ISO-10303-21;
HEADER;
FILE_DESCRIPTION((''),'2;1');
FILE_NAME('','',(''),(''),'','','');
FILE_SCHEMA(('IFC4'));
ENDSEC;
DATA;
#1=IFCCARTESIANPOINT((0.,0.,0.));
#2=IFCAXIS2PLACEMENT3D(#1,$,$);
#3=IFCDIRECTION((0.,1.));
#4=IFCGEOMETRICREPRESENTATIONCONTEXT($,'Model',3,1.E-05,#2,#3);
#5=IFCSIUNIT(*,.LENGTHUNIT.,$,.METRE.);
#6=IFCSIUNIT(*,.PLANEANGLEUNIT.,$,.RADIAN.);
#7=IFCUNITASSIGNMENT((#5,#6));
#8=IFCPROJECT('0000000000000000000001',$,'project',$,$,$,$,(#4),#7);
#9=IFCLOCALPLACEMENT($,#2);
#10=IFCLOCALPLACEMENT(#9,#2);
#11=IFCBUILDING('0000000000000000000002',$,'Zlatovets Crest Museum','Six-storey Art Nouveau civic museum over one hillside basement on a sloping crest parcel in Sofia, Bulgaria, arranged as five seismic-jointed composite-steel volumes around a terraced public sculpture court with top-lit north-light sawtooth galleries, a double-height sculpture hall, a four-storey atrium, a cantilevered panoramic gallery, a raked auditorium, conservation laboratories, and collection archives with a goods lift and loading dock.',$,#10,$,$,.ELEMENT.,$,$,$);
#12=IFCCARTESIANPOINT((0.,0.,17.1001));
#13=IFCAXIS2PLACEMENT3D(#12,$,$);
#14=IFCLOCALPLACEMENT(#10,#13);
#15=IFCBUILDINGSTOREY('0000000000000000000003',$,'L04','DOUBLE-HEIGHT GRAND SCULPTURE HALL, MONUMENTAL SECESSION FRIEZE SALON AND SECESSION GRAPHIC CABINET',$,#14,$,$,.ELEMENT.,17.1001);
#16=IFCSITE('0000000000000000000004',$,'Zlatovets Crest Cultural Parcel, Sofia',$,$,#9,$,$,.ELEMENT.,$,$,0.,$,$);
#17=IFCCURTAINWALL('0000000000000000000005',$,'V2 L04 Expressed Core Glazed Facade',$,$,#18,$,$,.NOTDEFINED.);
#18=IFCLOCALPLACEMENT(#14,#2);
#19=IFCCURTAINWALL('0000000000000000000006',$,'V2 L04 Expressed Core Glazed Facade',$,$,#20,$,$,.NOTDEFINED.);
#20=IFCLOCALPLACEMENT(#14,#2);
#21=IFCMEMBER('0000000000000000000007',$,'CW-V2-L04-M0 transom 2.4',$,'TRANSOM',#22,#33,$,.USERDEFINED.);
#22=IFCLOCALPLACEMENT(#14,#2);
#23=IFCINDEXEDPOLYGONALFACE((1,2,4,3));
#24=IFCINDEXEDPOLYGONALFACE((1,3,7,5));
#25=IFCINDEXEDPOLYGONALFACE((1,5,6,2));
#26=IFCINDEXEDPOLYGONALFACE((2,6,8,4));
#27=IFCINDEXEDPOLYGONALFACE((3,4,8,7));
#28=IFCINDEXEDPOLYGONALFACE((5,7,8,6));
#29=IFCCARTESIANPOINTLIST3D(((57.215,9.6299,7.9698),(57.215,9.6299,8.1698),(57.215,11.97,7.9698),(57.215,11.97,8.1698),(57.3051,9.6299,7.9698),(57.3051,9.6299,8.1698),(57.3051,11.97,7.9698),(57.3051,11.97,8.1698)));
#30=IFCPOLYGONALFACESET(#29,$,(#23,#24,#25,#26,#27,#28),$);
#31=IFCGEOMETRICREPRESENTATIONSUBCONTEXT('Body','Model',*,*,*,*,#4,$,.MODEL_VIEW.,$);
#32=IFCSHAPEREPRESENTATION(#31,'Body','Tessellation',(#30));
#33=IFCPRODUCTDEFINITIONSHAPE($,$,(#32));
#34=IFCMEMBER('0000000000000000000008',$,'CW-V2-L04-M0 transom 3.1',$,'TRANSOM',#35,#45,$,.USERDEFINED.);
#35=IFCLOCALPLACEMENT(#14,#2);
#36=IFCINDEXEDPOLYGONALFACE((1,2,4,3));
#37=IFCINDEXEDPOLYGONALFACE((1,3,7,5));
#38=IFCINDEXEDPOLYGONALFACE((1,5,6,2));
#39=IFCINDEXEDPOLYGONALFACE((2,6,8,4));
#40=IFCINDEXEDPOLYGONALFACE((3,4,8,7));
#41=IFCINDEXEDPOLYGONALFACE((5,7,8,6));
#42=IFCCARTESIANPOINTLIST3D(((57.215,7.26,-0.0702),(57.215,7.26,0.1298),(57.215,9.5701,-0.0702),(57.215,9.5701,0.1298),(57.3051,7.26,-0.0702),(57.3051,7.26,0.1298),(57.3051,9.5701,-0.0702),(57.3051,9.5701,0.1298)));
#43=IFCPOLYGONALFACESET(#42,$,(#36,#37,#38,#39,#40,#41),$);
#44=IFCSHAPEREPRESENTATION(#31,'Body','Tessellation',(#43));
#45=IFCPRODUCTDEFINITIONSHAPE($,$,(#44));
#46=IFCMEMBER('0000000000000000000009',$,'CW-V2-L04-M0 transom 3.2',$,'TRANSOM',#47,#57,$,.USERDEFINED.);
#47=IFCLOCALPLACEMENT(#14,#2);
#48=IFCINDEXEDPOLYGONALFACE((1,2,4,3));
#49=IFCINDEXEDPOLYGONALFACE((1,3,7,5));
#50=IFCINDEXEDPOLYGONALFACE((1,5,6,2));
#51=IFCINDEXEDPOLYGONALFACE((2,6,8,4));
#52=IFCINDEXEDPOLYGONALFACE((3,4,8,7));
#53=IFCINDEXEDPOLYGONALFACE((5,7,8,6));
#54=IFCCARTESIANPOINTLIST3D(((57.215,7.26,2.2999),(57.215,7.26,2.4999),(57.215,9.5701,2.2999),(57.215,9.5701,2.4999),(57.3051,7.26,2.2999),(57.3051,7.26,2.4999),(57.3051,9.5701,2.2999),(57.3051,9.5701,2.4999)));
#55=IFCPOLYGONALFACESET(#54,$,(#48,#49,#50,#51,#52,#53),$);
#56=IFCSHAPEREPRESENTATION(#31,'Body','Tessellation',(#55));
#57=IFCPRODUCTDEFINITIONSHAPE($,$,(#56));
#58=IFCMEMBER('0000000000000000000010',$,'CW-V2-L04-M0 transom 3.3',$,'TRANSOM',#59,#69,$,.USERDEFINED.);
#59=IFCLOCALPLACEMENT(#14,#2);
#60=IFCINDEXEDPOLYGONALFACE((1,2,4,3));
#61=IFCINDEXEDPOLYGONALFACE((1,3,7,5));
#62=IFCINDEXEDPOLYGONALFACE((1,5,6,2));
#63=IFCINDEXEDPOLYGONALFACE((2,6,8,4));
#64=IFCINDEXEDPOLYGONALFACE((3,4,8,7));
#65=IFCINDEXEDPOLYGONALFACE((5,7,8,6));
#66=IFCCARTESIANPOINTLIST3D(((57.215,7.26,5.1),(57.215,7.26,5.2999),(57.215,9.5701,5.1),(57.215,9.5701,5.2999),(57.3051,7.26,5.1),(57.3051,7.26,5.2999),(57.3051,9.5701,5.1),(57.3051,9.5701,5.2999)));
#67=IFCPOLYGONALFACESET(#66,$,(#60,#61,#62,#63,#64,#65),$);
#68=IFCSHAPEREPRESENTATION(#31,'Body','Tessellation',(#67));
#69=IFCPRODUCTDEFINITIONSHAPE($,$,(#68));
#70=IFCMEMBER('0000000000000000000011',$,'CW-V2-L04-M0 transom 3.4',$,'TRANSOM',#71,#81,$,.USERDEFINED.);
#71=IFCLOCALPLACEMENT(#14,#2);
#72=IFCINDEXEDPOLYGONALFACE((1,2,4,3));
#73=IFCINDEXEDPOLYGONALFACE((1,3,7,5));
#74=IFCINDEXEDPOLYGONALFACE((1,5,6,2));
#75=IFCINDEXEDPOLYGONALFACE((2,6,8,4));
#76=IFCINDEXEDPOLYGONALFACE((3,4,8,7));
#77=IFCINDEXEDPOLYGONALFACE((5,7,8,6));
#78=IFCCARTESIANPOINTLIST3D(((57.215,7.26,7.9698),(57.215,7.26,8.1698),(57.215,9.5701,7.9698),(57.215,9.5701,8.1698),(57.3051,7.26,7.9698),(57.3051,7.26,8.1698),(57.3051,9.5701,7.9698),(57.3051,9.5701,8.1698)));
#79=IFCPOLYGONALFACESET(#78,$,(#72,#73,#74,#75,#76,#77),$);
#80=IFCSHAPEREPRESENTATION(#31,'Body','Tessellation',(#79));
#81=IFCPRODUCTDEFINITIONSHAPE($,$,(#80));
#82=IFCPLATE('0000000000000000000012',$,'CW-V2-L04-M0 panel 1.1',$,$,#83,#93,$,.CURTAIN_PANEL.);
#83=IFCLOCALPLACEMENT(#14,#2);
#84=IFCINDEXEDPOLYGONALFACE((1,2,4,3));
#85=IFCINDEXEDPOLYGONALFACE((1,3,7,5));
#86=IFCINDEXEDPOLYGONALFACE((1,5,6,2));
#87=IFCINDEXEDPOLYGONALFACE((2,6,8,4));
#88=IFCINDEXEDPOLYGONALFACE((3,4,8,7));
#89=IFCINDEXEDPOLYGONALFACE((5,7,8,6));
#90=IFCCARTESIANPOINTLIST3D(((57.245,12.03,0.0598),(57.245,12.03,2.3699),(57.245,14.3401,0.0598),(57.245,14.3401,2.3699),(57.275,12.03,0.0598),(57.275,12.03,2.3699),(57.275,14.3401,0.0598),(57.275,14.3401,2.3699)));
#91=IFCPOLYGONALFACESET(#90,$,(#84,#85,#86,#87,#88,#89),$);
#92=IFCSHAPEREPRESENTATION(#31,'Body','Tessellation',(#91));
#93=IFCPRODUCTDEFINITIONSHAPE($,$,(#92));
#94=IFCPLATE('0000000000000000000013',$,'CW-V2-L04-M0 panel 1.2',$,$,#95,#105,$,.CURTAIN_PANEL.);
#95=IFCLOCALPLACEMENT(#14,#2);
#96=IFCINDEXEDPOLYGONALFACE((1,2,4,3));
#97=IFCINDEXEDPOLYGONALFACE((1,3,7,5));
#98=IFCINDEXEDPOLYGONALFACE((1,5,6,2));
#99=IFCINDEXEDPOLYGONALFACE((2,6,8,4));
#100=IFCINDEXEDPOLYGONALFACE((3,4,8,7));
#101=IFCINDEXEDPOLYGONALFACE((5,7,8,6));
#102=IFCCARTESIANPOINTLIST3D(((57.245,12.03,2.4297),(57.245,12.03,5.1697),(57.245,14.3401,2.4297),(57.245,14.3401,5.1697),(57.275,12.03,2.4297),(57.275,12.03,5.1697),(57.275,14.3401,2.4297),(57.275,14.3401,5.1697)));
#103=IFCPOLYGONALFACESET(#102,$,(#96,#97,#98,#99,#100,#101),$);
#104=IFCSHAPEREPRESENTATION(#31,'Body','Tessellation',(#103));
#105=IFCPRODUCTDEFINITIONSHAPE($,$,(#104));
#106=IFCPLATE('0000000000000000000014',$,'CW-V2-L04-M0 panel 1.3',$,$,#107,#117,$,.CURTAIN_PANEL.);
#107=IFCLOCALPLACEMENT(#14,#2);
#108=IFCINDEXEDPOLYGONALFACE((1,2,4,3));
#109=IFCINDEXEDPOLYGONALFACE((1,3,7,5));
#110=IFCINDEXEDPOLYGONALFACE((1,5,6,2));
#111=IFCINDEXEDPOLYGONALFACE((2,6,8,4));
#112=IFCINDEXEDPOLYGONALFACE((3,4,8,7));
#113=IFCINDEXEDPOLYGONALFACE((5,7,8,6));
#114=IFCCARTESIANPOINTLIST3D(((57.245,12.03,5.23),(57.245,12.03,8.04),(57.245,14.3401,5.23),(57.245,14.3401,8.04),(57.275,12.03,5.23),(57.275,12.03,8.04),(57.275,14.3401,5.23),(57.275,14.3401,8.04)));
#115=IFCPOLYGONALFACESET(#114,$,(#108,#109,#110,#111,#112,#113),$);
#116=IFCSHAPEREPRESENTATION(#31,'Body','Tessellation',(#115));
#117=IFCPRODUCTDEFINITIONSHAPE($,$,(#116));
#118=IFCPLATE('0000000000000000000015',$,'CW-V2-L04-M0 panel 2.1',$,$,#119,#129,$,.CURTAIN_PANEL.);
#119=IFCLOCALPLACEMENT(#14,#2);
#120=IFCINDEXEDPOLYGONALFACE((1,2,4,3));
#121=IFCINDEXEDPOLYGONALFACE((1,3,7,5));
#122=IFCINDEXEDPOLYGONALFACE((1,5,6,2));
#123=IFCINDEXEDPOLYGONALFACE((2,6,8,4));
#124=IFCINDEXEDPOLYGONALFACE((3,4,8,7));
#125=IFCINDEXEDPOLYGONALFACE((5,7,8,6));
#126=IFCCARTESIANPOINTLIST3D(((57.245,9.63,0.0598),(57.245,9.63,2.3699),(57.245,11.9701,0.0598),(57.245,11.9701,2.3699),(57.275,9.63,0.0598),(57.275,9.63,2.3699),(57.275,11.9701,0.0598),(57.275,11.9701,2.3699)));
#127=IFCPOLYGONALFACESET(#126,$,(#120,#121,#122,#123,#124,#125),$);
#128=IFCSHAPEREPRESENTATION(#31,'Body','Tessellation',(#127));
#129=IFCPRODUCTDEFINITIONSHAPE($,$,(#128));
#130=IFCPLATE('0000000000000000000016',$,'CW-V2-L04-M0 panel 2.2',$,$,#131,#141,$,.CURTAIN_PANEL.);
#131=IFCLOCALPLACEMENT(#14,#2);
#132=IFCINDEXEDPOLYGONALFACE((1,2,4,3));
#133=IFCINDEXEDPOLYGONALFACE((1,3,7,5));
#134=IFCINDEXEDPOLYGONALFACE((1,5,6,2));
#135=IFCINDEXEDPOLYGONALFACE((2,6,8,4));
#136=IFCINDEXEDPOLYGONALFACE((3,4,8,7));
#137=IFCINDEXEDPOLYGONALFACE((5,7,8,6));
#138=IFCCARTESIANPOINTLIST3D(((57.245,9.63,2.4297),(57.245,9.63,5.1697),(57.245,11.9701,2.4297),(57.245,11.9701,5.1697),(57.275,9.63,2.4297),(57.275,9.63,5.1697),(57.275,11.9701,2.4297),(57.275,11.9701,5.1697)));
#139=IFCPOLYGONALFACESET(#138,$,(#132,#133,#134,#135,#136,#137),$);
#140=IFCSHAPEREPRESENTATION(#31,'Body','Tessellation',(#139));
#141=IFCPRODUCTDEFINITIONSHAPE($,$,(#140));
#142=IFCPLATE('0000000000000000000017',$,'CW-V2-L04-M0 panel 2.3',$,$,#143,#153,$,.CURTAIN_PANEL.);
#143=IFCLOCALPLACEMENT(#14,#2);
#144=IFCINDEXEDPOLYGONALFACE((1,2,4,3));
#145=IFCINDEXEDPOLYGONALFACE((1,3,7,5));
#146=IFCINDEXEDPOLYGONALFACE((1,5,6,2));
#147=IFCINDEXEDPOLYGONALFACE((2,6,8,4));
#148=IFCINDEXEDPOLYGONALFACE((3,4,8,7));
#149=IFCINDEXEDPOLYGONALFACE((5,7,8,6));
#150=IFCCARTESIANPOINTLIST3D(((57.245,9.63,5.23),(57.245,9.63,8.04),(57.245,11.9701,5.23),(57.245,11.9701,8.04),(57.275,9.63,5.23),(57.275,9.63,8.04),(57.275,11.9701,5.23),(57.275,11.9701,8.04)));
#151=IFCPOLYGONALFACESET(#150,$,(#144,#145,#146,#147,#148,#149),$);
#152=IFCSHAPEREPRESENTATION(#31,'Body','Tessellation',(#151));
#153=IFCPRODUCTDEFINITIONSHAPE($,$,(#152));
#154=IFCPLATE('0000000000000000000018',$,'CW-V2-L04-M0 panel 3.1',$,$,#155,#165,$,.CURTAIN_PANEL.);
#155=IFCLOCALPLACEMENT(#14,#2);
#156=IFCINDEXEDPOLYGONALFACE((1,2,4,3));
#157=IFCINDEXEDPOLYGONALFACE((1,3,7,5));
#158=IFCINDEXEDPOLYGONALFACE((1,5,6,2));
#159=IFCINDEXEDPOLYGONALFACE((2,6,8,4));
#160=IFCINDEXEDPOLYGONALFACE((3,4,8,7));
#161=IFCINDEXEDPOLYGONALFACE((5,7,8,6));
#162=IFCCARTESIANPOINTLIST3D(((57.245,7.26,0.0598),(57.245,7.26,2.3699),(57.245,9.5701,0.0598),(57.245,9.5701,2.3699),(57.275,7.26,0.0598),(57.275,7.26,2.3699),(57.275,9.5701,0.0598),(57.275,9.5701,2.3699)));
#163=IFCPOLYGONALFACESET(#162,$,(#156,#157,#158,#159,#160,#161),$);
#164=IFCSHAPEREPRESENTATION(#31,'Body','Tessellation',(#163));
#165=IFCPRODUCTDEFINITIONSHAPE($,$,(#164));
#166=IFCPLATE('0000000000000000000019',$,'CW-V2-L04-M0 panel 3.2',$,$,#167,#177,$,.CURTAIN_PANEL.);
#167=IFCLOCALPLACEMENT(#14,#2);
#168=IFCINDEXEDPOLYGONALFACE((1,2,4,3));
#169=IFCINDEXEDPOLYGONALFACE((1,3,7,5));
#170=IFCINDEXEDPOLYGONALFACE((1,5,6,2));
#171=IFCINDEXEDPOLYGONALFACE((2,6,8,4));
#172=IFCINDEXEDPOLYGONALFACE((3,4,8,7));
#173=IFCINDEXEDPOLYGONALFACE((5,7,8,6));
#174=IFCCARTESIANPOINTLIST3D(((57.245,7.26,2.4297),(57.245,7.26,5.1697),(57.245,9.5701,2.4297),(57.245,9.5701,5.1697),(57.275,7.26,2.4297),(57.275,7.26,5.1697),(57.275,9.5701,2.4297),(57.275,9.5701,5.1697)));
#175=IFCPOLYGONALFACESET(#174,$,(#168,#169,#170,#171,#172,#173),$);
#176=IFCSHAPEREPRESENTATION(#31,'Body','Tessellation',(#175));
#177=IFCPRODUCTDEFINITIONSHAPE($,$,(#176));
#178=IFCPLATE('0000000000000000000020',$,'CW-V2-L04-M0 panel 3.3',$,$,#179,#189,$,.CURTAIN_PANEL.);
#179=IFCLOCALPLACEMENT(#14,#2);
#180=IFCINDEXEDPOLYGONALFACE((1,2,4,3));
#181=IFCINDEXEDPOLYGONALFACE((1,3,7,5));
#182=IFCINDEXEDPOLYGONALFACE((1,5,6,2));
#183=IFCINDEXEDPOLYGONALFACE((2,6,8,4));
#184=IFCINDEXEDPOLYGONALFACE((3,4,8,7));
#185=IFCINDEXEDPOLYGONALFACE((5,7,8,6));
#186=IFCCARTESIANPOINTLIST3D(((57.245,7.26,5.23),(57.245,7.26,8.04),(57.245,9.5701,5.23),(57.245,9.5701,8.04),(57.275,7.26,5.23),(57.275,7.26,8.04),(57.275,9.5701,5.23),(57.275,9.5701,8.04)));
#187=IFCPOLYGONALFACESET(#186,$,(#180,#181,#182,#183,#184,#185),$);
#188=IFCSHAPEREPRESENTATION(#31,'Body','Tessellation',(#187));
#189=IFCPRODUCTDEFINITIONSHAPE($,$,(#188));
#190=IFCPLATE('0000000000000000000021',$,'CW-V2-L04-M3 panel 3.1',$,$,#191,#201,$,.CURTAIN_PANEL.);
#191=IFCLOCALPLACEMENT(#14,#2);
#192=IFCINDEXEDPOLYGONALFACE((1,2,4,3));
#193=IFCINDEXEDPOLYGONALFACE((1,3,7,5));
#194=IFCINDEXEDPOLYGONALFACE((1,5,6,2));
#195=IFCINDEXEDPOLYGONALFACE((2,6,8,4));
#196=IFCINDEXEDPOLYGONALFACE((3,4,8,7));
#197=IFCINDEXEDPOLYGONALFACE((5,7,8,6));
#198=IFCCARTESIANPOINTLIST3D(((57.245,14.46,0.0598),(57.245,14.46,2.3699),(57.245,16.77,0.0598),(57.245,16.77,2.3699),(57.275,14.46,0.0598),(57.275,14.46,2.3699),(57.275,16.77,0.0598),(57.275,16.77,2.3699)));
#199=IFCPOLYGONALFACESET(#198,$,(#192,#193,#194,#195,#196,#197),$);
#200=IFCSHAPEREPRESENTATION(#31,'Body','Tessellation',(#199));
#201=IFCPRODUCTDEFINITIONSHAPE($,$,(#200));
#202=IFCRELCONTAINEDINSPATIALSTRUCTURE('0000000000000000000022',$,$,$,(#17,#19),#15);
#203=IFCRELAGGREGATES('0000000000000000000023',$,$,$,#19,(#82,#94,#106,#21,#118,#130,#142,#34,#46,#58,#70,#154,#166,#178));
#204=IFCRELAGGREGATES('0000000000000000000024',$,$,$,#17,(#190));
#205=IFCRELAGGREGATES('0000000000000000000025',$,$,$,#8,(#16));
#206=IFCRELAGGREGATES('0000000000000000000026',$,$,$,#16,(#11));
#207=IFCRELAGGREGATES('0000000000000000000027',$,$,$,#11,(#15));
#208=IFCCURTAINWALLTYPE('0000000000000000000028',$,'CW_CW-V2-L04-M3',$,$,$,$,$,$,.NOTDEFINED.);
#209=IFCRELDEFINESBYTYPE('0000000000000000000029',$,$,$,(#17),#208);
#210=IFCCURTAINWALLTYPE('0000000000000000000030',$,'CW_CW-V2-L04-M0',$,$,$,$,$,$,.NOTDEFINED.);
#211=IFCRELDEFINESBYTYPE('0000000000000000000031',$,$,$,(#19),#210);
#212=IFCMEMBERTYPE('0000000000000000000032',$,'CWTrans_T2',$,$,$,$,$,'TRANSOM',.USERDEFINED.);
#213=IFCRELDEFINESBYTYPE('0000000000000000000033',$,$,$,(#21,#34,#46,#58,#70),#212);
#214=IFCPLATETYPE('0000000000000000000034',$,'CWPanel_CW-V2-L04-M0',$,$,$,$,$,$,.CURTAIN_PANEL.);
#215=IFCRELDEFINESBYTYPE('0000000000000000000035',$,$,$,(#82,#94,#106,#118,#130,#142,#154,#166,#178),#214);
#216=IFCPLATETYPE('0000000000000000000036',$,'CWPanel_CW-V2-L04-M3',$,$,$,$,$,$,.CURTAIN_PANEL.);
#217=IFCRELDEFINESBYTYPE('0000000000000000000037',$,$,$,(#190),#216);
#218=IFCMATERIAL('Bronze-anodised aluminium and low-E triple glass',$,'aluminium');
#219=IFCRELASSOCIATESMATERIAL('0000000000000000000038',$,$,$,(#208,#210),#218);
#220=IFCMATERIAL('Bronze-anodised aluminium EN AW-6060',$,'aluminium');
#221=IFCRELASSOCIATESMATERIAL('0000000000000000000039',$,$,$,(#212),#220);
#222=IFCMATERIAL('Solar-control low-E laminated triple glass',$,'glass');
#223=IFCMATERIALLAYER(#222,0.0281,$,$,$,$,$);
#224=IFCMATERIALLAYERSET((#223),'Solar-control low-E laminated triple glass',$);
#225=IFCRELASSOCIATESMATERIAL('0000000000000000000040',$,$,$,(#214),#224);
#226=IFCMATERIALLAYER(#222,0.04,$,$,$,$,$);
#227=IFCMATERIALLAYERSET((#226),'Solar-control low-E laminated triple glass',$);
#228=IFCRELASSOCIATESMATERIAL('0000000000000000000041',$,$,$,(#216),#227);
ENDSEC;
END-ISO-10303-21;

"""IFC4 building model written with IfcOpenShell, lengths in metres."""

from ifc_helpers import new_model, si_unit, direction, frame, origin, origin_2d, place, context, subcontext, project, spatial, rectangle, extrude, material, layer, layer_set, material_profile, profile_set, type_object, element, aggregate, save


model = new_model("IFC4")

# Units and contexts
model_context = context("Model", 3, precision=1e-05, world=origin(), true_north=direction((0.0, 1.0)))
body_context = subcontext(model_context, "Body", "Model", "MODEL_VIEW")
ifc_project = project(units=[si_unit("LENGTHUNIT", "METRE"), si_unit("PLANEANGLEUNIT", "RADIAN")], contexts=[model_context])

# Site, building, storey
site_placement = place(None, origin())
site = spatial("IfcSite", under=ifc_project, at=site_placement, Name="Zlatovets Crest Cultural Parcel, Sofia", CompositionType="ELEMENT", RefElevation=0.0)
building_placement = place(site_placement, origin())
building = spatial("IfcBuilding", under=site, at=building_placement, Name="Zlatovets Crest Museum", Description="Six-storey Art Nouveau civic museum over one hillside basement on a sloping crest parcel in Sofia, Bulgaria, arranged as five seismic-jointed composite-steel volumes around a terraced public sculpture court with top-lit north-light sawtooth galleries, a double-height sculpture hall, a four-storey atrium, a cantilevered panoramic gallery, a raked auditorium, conservation laboratories, and collection archives with a goods lift and loading dock.", CompositionType="ELEMENT")
storey_placement = place(building_placement, frame((0.0, 0.0, 17.1001)))
storey = spatial("IfcBuildingStorey", under=building, at=storey_placement, Name="L04", Description="DOUBLE-HEIGHT GRAND SCULPTURE HALL, MONUMENTAL SECESSION FRIEZE SALON AND SECESSION GRAPHIC CABINET", CompositionType="ELEMENT", Elevation=17.1001)

# Curtain wall
ifc_material_1 = material(Name="Bronze-anodised aluminium and low-E triple glass", Category="aluminium")
curtain_wall_type_1 = type_object("IfcCurtainWallType", Name="CW_CW-V2-L04-M3", PredefinedType="NOTDEFINED", material=ifc_material_1)
curtain_wall_1_placement = place(storey_placement, origin())
curtain_wall_1 = element("IfcCurtainWall", 1, at=curtain_wall_1_placement, inside=storey, type_object=curtain_wall_type_1, Name="V2 L04 Expressed Core Glazed Facade", PredefinedType="NOTDEFINED")
ifc_material_2 = material(Name="Bronze-anodised aluminium EN AW-6060", Category="aluminium")

# Curtain wall
curtain_wall_type_2 = type_object("IfcCurtainWallType", Name="CW_CW-V2-L04-M0", PredefinedType="NOTDEFINED", material=ifc_material_1)
curtain_wall_2_placement = place(storey_placement, origin())
curtain_wall_2 = element("IfcCurtainWall", 2, at=curtain_wall_2_placement, inside=storey, type_object=curtain_wall_type_2, Name="V2 L04 Expressed Core Glazed Facade", PredefinedType="NOTDEFINED")

# Members
ifc_material_profile_1 = material_profile(ifc_material_2, rectangle(XDim=0.0901, YDim=0.2, at=origin_2d()), Name="ALU 90x200")
ifc_profile_set_1 = profile_set([ifc_material_profile_1], Name="Bronze-anodised aluminium EN AW-6060")
member_type_1 = type_object("IfcMemberType", Name="CWTrans_T2", ElementType="TRANSOM", PredefinedType="USERDEFINED", material=ifc_profile_set_1)
member_1_placement = place(storey_placement, frame((57.26, 11.97, 8.0698), z_axis=(0.0, -1.0, 0.0), x_axis=(1.0, 0.0, 0.0)))
member_1 = element("IfcMember", 3, at=member_1_placement, type_object=member_type_1, Name="CW-V2-L04-M0 transom 2.4", ObjectType="TRANSOM", PredefinedType="USERDEFINED", context=body_context, shape_type="SweptSolid", body=[
    extrude(rectangle(XDim=0.0901, YDim=0.2, at=origin_2d()), origin(), (0.0, 0.0, 1.0), 2.3401),
])
member_2_placement = place(storey_placement, frame((57.26, 9.5701, 0.0298), z_axis=(0.0, -1.0, 0.0), x_axis=(1.0, 0.0, 0.0)))
member_2 = element("IfcMember", 4, at=member_2_placement, type_object=member_type_1, Name="CW-V2-L04-M0 transom 3.1", ObjectType="TRANSOM", PredefinedType="USERDEFINED", context=body_context, shape_type="SweptSolid", body=[
    extrude(rectangle(XDim=0.0901, YDim=0.2, at=origin_2d()), origin(), (0.0, 0.0, 1.0), 2.3101),
])
member_3_placement = place(storey_placement, frame((57.26, 9.5701, 2.3999), z_axis=(0.0, -1.0, 0.0), x_axis=(1.0, 0.0, 0.0)))
member_3 = element("IfcMember", 5, at=member_3_placement, type_object=member_type_1, Name="CW-V2-L04-M0 transom 3.2", ObjectType="TRANSOM", PredefinedType="USERDEFINED", context=body_context, shape_type="SweptSolid", body=[
    extrude(rectangle(XDim=0.0901, YDim=0.2, at=origin_2d()), origin(), (0.0, 0.0, 1.0), 2.3101),
])
member_4_placement = place(storey_placement, frame((57.26, 9.5701, 5.2), z_axis=(0.0, -1.0, 0.0), x_axis=(1.0, 0.0, 0.0)))
member_4 = element("IfcMember", 6, at=member_4_placement, type_object=member_type_1, Name="CW-V2-L04-M0 transom 3.3", ObjectType="TRANSOM", PredefinedType="USERDEFINED", context=body_context, shape_type="SweptSolid", body=[
    extrude(rectangle(XDim=0.0901, YDim=0.2, at=origin_2d()), origin(), (0.0, 0.0, 1.0), 2.3101),
])
member_5_placement = place(storey_placement, frame((57.26, 9.5701, 8.0698), z_axis=(0.0, -1.0, 0.0), x_axis=(1.0, 0.0, 0.0)))
member_5 = element("IfcMember", 7, at=member_5_placement, type_object=member_type_1, Name="CW-V2-L04-M0 transom 3.4", ObjectType="TRANSOM", PredefinedType="USERDEFINED", context=body_context, shape_type="SweptSolid", body=[
    extrude(rectangle(XDim=0.0901, YDim=0.2, at=origin_2d()), origin(), (0.0, 0.0, 1.0), 2.3101),
])

# Plates
ifc_material_3 = material(Name="Solar-control low-E laminated triple glass", Category="glass")
ifc_layer_1 = layer(ifc_material_3, 0.0281)
ifc_layer_set_1 = layer_set([ifc_layer_1], Name="Solar-control low-E laminated triple glass")
plate_type_1 = type_object("IfcPlateType", Name="CWPanel_CW-V2-L04-M0", PredefinedType="CURTAIN_PANEL", material=ifc_layer_set_1)
plate_1_placement = place(storey_placement, frame((57.26, 13.1851, 0.0598), z_axis=(0.0, 0.0, 1.0), x_axis=(0.0, -1.0, 0.0)))
plate_1 = element("IfcPlate", 8, at=plate_1_placement, type_object=plate_type_1, Name="CW-V2-L04-M0 panel 1.1", PredefinedType="CURTAIN_PANEL", context=body_context, shape_type="SweptSolid", body=[
    extrude(rectangle(XDim=2.3101, YDim=0.03, at=origin_2d()), origin(), (0.0, 0.0, 1.0), 2.3101),
])
plate_2_placement = place(storey_placement, frame((57.26, 13.1851, 2.4297), z_axis=(0.0, 0.0, 1.0), x_axis=(0.0, -1.0, 0.0)))
plate_2 = element("IfcPlate", 9, at=plate_2_placement, type_object=plate_type_1, Name="CW-V2-L04-M0 panel 1.2", PredefinedType="CURTAIN_PANEL", context=body_context, shape_type="SweptSolid", body=[
    extrude(rectangle(XDim=2.3101, YDim=0.03, at=origin_2d()), origin(), (0.0, 0.0, 1.0), 2.74),
])
plate_3_placement = place(storey_placement, frame((57.26, 13.1851, 5.23), z_axis=(0.0, 0.0, 1.0), x_axis=(0.0, -1.0, 0.0)))
plate_3 = element("IfcPlate", 10, at=plate_3_placement, type_object=plate_type_1, Name="CW-V2-L04-M0 panel 1.3", PredefinedType="CURTAIN_PANEL", context=body_context, shape_type="SweptSolid", body=[
    extrude(rectangle(XDim=2.3101, YDim=0.03, at=origin_2d()), origin(), (0.0, 0.0, 1.0), 2.8101),
])
plate_4_placement = place(storey_placement, frame((57.26, 10.8, 0.0598), z_axis=(0.0, 0.0, 1.0), x_axis=(0.0, -1.0, 0.0)))
plate_4 = element("IfcPlate", 11, at=plate_4_placement, type_object=plate_type_1, Name="CW-V2-L04-M0 panel 2.1", PredefinedType="CURTAIN_PANEL", context=body_context, shape_type="SweptSolid", body=[
    extrude(rectangle(XDim=2.3401, YDim=0.03, at=origin_2d()), origin(), (0.0, 0.0, 1.0), 2.3101),
])
plate_5_placement = place(storey_placement, frame((57.26, 10.8, 2.4297), z_axis=(0.0, 0.0, 1.0), x_axis=(0.0, -1.0, 0.0)))
plate_5 = element("IfcPlate", 12, at=plate_5_placement, type_object=plate_type_1, Name="CW-V2-L04-M0 panel 2.2", PredefinedType="CURTAIN_PANEL", context=body_context, shape_type="SweptSolid", body=[
    extrude(rectangle(XDim=2.3401, YDim=0.03, at=origin_2d()), origin(), (0.0, 0.0, 1.0), 2.74),
])
plate_6_placement = place(storey_placement, frame((57.26, 10.8, 5.23), z_axis=(0.0, 0.0, 1.0), x_axis=(0.0, -1.0, 0.0)))
plate_6 = element("IfcPlate", 13, at=plate_6_placement, type_object=plate_type_1, Name="CW-V2-L04-M0 panel 2.3", PredefinedType="CURTAIN_PANEL", context=body_context, shape_type="SweptSolid", body=[
    extrude(rectangle(XDim=2.3401, YDim=0.03, at=origin_2d()), origin(), (0.0, 0.0, 1.0), 2.8101),
])
plate_7_placement = place(storey_placement, frame((57.26, 8.415, 0.0598), z_axis=(0.0, 0.0, 1.0), x_axis=(0.0, -1.0, 0.0)))
plate_7 = element("IfcPlate", 14, at=plate_7_placement, type_object=plate_type_1, Name="CW-V2-L04-M0 panel 3.1", PredefinedType="CURTAIN_PANEL", context=body_context, shape_type="SweptSolid", body=[
    extrude(rectangle(XDim=2.3101, YDim=0.03, at=origin_2d()), origin(), (0.0, 0.0, 1.0), 2.3101),
])
plate_8_placement = place(storey_placement, frame((57.26, 8.415, 2.4297), z_axis=(0.0, 0.0, 1.0), x_axis=(0.0, -1.0, 0.0)))
plate_8 = element("IfcPlate", 15, at=plate_8_placement, type_object=plate_type_1, Name="CW-V2-L04-M0 panel 3.2", PredefinedType="CURTAIN_PANEL", context=body_context, shape_type="SweptSolid", body=[
    extrude(rectangle(XDim=2.3101, YDim=0.03, at=origin_2d()), origin(), (0.0, 0.0, 1.0), 2.74),
])
plate_9_placement = place(storey_placement, frame((57.26, 8.415, 5.23), z_axis=(0.0, 0.0, 1.0), x_axis=(0.0, -1.0, 0.0)))
plate_9 = element("IfcPlate", 16, at=plate_9_placement, type_object=plate_type_1, Name="CW-V2-L04-M0 panel 3.3", PredefinedType="CURTAIN_PANEL", context=body_context, shape_type="SweptSolid", body=[
    extrude(rectangle(XDim=2.3101, YDim=0.03, at=origin_2d()), origin(), (0.0, 0.0, 1.0), 2.8101),
])
aggregate(curtain_wall_2, [plate_1, plate_2, plate_3, member_1, plate_4, plate_5, plate_6, member_2, member_3, member_4, member_5, plate_7, plate_8, plate_9])
ifc_layer_2 = layer(ifc_material_3, 0.04)
ifc_layer_set_2 = layer_set([ifc_layer_2], Name="Solar-control low-E laminated triple glass")
plate_type_2 = type_object("IfcPlateType", Name="CWPanel_CW-V2-L04-M3", PredefinedType="CURTAIN_PANEL", material=ifc_layer_set_2)
plate_10_placement = place(storey_placement, frame((57.26, 15.615, 0.0598), z_axis=(0.0, 0.0, 1.0), x_axis=(0.0, -1.0, 0.0)))
plate_10 = element("IfcPlate", 17, at=plate_10_placement, type_object=plate_type_2, Name="CW-V2-L04-M3 panel 3.1", PredefinedType="CURTAIN_PANEL", context=body_context, shape_type="SweptSolid", body=[
    extrude(rectangle(XDim=2.3101, YDim=0.03, at=origin_2d()), origin(), (0.0, 0.0, 1.0), 2.3101),
])
aggregate(curtain_wall_1, [plate_10])

save(model, "model.ifc")
